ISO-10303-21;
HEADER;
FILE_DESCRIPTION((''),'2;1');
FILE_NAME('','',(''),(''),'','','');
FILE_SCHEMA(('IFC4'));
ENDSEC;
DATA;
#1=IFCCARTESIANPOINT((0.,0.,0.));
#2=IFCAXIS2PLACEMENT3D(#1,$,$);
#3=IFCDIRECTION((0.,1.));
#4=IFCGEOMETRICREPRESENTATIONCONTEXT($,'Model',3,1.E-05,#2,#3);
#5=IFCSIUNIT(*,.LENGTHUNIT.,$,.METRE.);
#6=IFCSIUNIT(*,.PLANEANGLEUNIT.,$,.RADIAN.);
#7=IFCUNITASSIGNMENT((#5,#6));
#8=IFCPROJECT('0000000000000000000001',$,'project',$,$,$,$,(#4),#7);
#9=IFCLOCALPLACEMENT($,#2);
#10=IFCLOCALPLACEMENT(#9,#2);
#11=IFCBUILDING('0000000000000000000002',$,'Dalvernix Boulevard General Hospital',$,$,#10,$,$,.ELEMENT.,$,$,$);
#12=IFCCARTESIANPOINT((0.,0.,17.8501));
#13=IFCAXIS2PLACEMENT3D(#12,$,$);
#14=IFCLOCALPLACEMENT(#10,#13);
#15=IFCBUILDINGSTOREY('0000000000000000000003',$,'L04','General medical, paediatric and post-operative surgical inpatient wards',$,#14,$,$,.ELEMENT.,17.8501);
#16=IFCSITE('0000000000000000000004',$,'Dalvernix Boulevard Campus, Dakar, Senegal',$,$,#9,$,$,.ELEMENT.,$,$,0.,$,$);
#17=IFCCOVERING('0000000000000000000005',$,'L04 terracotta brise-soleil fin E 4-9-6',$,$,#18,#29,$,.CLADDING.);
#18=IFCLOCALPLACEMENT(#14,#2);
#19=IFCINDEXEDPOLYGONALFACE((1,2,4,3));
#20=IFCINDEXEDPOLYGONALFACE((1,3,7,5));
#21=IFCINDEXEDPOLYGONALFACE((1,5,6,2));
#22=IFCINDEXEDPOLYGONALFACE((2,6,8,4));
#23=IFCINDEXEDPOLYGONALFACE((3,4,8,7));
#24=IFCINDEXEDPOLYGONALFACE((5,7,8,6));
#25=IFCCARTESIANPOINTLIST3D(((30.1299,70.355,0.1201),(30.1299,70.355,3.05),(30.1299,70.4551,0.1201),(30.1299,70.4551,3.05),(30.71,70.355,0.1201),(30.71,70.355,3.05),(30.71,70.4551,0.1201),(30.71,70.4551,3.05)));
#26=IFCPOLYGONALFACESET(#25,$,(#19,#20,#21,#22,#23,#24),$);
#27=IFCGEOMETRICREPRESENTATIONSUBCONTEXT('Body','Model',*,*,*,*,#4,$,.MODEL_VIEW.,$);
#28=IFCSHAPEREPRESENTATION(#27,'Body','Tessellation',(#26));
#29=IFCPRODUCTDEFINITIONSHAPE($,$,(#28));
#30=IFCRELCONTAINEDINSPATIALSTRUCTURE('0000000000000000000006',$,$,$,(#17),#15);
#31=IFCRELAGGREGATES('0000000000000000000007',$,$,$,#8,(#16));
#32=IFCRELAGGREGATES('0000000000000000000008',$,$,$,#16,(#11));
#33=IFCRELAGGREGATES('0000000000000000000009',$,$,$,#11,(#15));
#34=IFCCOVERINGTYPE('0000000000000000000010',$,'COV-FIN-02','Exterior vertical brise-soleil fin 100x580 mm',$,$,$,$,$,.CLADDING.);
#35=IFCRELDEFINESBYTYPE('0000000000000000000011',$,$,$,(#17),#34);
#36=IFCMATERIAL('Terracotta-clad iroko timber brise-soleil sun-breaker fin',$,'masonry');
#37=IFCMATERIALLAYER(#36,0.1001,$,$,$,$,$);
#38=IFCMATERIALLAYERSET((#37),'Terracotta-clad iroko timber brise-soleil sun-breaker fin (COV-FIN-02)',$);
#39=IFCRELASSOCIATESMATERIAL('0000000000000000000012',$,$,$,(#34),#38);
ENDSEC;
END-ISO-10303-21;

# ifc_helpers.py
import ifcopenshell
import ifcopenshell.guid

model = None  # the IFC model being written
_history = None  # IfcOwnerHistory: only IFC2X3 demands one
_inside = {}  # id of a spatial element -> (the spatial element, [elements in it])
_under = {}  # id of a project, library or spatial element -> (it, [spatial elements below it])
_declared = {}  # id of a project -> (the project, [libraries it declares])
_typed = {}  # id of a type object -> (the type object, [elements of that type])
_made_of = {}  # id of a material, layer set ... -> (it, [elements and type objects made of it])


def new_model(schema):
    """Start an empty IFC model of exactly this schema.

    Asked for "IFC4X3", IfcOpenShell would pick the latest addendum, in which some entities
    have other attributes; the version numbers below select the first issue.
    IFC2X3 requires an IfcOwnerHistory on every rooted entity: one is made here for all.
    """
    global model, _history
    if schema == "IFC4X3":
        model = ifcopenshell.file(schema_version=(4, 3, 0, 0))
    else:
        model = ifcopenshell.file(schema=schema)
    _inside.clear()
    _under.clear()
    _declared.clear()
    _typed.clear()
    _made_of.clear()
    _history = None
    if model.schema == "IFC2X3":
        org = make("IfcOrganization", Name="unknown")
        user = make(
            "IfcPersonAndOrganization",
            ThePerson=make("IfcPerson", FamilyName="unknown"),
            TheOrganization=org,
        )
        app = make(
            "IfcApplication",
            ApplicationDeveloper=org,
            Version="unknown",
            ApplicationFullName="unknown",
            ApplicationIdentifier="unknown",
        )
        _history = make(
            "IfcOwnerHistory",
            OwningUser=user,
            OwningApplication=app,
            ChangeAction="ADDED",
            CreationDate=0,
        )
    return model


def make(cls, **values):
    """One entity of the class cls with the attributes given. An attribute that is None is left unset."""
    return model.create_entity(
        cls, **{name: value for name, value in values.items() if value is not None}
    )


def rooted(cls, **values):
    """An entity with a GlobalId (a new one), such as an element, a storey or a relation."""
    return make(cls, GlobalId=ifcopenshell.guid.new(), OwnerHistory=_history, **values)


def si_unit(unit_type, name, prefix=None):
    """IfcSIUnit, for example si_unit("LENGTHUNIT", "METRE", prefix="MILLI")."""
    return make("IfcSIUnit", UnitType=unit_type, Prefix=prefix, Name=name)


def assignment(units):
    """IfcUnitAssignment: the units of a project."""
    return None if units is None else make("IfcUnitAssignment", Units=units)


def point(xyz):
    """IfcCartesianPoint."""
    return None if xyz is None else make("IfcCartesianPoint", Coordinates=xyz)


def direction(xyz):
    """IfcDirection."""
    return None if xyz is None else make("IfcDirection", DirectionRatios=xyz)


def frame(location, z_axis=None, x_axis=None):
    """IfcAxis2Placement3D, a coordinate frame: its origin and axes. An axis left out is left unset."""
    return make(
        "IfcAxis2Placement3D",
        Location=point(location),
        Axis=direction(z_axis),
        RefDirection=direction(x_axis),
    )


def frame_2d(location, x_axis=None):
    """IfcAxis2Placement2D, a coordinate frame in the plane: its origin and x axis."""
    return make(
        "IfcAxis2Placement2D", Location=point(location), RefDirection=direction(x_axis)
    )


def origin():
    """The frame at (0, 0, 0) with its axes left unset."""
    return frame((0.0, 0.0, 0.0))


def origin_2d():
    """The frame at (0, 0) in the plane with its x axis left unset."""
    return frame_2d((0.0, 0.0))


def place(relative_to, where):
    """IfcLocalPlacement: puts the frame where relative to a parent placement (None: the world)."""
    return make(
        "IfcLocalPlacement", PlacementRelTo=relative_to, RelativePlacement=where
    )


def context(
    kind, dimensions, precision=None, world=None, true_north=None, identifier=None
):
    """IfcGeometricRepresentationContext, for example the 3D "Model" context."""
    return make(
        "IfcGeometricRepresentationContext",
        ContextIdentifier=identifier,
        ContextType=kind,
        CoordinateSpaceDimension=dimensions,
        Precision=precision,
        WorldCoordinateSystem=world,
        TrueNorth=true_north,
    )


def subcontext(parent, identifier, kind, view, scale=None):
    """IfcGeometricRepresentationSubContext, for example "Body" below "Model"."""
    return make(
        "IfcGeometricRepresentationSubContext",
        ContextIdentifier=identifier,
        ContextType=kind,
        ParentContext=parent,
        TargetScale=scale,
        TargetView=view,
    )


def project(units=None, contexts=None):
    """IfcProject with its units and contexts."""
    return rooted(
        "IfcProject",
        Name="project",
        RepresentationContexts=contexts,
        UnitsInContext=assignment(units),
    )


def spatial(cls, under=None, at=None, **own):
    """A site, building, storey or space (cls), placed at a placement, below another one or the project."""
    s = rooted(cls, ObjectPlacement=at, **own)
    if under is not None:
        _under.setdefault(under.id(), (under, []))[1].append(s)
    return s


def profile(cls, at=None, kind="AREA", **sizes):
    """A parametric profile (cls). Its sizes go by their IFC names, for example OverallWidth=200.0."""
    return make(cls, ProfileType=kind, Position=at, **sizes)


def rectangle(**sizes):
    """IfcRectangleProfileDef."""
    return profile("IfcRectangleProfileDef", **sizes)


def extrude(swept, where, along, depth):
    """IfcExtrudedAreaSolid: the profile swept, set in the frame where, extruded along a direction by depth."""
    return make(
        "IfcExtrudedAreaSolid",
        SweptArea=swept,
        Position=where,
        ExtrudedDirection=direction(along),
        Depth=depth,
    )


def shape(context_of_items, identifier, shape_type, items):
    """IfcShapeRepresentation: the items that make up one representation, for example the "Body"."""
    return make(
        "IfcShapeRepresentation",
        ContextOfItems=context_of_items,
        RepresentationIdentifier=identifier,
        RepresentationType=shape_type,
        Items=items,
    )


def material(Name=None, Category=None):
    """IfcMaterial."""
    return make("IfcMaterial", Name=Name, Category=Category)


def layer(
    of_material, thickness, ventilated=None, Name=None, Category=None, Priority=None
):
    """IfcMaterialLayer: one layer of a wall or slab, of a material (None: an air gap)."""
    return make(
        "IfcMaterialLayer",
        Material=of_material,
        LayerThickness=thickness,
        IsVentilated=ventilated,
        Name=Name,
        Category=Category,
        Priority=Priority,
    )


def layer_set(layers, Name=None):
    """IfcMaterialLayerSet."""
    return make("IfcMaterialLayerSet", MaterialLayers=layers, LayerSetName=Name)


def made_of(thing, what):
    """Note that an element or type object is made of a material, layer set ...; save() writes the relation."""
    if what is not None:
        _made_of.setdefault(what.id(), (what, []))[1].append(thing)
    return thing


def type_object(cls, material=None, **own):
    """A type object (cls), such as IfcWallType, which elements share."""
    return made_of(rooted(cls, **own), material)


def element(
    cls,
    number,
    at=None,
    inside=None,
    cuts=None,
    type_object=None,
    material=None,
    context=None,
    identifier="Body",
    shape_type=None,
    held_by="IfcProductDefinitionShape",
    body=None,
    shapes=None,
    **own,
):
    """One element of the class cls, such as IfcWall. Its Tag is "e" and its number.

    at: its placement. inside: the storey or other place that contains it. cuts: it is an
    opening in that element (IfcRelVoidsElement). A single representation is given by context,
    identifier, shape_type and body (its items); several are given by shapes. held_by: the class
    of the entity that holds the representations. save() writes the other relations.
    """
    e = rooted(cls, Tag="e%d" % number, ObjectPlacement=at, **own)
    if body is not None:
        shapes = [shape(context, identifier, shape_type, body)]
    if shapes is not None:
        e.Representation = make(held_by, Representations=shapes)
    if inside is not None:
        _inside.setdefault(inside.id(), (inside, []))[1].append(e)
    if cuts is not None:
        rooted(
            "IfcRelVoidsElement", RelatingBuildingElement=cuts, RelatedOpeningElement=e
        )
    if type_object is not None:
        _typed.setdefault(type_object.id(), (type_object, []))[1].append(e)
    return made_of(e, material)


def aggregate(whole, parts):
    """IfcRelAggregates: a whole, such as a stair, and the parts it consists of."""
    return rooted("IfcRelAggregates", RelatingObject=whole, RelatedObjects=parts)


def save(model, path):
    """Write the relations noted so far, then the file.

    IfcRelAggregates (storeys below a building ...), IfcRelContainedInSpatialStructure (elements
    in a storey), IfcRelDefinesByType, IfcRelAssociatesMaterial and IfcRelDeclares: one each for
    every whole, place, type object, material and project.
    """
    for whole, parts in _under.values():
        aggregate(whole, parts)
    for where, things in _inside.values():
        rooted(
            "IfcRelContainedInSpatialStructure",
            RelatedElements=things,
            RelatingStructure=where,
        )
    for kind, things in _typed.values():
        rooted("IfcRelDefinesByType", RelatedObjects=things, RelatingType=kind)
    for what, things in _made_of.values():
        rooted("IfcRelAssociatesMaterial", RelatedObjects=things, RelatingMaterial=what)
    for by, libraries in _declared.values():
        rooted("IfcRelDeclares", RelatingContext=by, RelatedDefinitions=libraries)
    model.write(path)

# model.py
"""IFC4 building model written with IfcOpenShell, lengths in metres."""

from ifc_helpers import new_model, si_unit, direction, frame, origin, origin_2d, place, context, subcontext, project, spatial, rectangle, extrude, material, layer, layer_set, type_object, element, save


model = new_model("IFC4")

# Units and contexts
model_context = context("Model", 3, precision=1e-05, world=origin(), true_north=direction((0.0, 1.0)))
body_context = subcontext(model_context, "Body", "Model", "MODEL_VIEW")
ifc_project = project(units=[si_unit("LENGTHUNIT", "METRE"), si_unit("PLANEANGLEUNIT", "RADIAN")], contexts=[model_context])

# Site, building, storey
site_placement = place(None, origin())
site = spatial("IfcSite", under=ifc_project, at=site_placement, Name="Dalvernix Boulevard Campus, Dakar, Senegal", CompositionType="ELEMENT", RefElevation=0.0)
building_placement = place(site_placement, origin())
building = spatial("IfcBuilding", under=site, at=building_placement, Name="Dalvernix Boulevard General Hospital", CompositionType="ELEMENT")
storey_placement = place(building_placement, frame((0.0, 0.0, 17.8501)))
storey = spatial("IfcBuildingStorey", under=building, at=storey_placement, Name="L04", Description="General medical, paediatric and post-operative surgical inpatient wards", CompositionType="ELEMENT", Elevation=17.8501)

# Covering
ifc_material_1 = material(Name="Terracotta-clad iroko timber brise-soleil sun-breaker fin", Category="masonry")
ifc_layer_1 = layer(ifc_material_1, 0.1001)
ifc_layer_set_1 = layer_set([ifc_layer_1], Name="Terracotta-clad iroko timber brise-soleil sun-breaker fin (COV-FIN-02)")
covering_type_1 = type_object("IfcCoveringType", Name="COV-FIN-02", Description="Exterior vertical brise-soleil fin 100x580 mm", PredefinedType="CLADDING", material=ifc_layer_set_1)
for number, where, z_axis, x_axis, name in (
    (1, (30.4199, 70.405, 0.1201), (0.0, 0.0, 1.0), (0.0, -1.0, 0.0), "L04 terracotta brise-soleil fin E 4-9-6"),
):
    element("IfcCovering", number, at=place(storey_placement, frame(where, z_axis=z_axis, x_axis=x_axis)), inside=storey, type_object=covering_type_1, Name=name, PredefinedType="CLADDING", context=body_context, shape_type="SweptSolid", body=[
        extrude(rectangle(XDim=0.1001, YDim=0.5801, at=origin_2d()), origin(), (0.0, 0.0, 1.0), 2.9299),
    ])

save(model, "model.ifc")
